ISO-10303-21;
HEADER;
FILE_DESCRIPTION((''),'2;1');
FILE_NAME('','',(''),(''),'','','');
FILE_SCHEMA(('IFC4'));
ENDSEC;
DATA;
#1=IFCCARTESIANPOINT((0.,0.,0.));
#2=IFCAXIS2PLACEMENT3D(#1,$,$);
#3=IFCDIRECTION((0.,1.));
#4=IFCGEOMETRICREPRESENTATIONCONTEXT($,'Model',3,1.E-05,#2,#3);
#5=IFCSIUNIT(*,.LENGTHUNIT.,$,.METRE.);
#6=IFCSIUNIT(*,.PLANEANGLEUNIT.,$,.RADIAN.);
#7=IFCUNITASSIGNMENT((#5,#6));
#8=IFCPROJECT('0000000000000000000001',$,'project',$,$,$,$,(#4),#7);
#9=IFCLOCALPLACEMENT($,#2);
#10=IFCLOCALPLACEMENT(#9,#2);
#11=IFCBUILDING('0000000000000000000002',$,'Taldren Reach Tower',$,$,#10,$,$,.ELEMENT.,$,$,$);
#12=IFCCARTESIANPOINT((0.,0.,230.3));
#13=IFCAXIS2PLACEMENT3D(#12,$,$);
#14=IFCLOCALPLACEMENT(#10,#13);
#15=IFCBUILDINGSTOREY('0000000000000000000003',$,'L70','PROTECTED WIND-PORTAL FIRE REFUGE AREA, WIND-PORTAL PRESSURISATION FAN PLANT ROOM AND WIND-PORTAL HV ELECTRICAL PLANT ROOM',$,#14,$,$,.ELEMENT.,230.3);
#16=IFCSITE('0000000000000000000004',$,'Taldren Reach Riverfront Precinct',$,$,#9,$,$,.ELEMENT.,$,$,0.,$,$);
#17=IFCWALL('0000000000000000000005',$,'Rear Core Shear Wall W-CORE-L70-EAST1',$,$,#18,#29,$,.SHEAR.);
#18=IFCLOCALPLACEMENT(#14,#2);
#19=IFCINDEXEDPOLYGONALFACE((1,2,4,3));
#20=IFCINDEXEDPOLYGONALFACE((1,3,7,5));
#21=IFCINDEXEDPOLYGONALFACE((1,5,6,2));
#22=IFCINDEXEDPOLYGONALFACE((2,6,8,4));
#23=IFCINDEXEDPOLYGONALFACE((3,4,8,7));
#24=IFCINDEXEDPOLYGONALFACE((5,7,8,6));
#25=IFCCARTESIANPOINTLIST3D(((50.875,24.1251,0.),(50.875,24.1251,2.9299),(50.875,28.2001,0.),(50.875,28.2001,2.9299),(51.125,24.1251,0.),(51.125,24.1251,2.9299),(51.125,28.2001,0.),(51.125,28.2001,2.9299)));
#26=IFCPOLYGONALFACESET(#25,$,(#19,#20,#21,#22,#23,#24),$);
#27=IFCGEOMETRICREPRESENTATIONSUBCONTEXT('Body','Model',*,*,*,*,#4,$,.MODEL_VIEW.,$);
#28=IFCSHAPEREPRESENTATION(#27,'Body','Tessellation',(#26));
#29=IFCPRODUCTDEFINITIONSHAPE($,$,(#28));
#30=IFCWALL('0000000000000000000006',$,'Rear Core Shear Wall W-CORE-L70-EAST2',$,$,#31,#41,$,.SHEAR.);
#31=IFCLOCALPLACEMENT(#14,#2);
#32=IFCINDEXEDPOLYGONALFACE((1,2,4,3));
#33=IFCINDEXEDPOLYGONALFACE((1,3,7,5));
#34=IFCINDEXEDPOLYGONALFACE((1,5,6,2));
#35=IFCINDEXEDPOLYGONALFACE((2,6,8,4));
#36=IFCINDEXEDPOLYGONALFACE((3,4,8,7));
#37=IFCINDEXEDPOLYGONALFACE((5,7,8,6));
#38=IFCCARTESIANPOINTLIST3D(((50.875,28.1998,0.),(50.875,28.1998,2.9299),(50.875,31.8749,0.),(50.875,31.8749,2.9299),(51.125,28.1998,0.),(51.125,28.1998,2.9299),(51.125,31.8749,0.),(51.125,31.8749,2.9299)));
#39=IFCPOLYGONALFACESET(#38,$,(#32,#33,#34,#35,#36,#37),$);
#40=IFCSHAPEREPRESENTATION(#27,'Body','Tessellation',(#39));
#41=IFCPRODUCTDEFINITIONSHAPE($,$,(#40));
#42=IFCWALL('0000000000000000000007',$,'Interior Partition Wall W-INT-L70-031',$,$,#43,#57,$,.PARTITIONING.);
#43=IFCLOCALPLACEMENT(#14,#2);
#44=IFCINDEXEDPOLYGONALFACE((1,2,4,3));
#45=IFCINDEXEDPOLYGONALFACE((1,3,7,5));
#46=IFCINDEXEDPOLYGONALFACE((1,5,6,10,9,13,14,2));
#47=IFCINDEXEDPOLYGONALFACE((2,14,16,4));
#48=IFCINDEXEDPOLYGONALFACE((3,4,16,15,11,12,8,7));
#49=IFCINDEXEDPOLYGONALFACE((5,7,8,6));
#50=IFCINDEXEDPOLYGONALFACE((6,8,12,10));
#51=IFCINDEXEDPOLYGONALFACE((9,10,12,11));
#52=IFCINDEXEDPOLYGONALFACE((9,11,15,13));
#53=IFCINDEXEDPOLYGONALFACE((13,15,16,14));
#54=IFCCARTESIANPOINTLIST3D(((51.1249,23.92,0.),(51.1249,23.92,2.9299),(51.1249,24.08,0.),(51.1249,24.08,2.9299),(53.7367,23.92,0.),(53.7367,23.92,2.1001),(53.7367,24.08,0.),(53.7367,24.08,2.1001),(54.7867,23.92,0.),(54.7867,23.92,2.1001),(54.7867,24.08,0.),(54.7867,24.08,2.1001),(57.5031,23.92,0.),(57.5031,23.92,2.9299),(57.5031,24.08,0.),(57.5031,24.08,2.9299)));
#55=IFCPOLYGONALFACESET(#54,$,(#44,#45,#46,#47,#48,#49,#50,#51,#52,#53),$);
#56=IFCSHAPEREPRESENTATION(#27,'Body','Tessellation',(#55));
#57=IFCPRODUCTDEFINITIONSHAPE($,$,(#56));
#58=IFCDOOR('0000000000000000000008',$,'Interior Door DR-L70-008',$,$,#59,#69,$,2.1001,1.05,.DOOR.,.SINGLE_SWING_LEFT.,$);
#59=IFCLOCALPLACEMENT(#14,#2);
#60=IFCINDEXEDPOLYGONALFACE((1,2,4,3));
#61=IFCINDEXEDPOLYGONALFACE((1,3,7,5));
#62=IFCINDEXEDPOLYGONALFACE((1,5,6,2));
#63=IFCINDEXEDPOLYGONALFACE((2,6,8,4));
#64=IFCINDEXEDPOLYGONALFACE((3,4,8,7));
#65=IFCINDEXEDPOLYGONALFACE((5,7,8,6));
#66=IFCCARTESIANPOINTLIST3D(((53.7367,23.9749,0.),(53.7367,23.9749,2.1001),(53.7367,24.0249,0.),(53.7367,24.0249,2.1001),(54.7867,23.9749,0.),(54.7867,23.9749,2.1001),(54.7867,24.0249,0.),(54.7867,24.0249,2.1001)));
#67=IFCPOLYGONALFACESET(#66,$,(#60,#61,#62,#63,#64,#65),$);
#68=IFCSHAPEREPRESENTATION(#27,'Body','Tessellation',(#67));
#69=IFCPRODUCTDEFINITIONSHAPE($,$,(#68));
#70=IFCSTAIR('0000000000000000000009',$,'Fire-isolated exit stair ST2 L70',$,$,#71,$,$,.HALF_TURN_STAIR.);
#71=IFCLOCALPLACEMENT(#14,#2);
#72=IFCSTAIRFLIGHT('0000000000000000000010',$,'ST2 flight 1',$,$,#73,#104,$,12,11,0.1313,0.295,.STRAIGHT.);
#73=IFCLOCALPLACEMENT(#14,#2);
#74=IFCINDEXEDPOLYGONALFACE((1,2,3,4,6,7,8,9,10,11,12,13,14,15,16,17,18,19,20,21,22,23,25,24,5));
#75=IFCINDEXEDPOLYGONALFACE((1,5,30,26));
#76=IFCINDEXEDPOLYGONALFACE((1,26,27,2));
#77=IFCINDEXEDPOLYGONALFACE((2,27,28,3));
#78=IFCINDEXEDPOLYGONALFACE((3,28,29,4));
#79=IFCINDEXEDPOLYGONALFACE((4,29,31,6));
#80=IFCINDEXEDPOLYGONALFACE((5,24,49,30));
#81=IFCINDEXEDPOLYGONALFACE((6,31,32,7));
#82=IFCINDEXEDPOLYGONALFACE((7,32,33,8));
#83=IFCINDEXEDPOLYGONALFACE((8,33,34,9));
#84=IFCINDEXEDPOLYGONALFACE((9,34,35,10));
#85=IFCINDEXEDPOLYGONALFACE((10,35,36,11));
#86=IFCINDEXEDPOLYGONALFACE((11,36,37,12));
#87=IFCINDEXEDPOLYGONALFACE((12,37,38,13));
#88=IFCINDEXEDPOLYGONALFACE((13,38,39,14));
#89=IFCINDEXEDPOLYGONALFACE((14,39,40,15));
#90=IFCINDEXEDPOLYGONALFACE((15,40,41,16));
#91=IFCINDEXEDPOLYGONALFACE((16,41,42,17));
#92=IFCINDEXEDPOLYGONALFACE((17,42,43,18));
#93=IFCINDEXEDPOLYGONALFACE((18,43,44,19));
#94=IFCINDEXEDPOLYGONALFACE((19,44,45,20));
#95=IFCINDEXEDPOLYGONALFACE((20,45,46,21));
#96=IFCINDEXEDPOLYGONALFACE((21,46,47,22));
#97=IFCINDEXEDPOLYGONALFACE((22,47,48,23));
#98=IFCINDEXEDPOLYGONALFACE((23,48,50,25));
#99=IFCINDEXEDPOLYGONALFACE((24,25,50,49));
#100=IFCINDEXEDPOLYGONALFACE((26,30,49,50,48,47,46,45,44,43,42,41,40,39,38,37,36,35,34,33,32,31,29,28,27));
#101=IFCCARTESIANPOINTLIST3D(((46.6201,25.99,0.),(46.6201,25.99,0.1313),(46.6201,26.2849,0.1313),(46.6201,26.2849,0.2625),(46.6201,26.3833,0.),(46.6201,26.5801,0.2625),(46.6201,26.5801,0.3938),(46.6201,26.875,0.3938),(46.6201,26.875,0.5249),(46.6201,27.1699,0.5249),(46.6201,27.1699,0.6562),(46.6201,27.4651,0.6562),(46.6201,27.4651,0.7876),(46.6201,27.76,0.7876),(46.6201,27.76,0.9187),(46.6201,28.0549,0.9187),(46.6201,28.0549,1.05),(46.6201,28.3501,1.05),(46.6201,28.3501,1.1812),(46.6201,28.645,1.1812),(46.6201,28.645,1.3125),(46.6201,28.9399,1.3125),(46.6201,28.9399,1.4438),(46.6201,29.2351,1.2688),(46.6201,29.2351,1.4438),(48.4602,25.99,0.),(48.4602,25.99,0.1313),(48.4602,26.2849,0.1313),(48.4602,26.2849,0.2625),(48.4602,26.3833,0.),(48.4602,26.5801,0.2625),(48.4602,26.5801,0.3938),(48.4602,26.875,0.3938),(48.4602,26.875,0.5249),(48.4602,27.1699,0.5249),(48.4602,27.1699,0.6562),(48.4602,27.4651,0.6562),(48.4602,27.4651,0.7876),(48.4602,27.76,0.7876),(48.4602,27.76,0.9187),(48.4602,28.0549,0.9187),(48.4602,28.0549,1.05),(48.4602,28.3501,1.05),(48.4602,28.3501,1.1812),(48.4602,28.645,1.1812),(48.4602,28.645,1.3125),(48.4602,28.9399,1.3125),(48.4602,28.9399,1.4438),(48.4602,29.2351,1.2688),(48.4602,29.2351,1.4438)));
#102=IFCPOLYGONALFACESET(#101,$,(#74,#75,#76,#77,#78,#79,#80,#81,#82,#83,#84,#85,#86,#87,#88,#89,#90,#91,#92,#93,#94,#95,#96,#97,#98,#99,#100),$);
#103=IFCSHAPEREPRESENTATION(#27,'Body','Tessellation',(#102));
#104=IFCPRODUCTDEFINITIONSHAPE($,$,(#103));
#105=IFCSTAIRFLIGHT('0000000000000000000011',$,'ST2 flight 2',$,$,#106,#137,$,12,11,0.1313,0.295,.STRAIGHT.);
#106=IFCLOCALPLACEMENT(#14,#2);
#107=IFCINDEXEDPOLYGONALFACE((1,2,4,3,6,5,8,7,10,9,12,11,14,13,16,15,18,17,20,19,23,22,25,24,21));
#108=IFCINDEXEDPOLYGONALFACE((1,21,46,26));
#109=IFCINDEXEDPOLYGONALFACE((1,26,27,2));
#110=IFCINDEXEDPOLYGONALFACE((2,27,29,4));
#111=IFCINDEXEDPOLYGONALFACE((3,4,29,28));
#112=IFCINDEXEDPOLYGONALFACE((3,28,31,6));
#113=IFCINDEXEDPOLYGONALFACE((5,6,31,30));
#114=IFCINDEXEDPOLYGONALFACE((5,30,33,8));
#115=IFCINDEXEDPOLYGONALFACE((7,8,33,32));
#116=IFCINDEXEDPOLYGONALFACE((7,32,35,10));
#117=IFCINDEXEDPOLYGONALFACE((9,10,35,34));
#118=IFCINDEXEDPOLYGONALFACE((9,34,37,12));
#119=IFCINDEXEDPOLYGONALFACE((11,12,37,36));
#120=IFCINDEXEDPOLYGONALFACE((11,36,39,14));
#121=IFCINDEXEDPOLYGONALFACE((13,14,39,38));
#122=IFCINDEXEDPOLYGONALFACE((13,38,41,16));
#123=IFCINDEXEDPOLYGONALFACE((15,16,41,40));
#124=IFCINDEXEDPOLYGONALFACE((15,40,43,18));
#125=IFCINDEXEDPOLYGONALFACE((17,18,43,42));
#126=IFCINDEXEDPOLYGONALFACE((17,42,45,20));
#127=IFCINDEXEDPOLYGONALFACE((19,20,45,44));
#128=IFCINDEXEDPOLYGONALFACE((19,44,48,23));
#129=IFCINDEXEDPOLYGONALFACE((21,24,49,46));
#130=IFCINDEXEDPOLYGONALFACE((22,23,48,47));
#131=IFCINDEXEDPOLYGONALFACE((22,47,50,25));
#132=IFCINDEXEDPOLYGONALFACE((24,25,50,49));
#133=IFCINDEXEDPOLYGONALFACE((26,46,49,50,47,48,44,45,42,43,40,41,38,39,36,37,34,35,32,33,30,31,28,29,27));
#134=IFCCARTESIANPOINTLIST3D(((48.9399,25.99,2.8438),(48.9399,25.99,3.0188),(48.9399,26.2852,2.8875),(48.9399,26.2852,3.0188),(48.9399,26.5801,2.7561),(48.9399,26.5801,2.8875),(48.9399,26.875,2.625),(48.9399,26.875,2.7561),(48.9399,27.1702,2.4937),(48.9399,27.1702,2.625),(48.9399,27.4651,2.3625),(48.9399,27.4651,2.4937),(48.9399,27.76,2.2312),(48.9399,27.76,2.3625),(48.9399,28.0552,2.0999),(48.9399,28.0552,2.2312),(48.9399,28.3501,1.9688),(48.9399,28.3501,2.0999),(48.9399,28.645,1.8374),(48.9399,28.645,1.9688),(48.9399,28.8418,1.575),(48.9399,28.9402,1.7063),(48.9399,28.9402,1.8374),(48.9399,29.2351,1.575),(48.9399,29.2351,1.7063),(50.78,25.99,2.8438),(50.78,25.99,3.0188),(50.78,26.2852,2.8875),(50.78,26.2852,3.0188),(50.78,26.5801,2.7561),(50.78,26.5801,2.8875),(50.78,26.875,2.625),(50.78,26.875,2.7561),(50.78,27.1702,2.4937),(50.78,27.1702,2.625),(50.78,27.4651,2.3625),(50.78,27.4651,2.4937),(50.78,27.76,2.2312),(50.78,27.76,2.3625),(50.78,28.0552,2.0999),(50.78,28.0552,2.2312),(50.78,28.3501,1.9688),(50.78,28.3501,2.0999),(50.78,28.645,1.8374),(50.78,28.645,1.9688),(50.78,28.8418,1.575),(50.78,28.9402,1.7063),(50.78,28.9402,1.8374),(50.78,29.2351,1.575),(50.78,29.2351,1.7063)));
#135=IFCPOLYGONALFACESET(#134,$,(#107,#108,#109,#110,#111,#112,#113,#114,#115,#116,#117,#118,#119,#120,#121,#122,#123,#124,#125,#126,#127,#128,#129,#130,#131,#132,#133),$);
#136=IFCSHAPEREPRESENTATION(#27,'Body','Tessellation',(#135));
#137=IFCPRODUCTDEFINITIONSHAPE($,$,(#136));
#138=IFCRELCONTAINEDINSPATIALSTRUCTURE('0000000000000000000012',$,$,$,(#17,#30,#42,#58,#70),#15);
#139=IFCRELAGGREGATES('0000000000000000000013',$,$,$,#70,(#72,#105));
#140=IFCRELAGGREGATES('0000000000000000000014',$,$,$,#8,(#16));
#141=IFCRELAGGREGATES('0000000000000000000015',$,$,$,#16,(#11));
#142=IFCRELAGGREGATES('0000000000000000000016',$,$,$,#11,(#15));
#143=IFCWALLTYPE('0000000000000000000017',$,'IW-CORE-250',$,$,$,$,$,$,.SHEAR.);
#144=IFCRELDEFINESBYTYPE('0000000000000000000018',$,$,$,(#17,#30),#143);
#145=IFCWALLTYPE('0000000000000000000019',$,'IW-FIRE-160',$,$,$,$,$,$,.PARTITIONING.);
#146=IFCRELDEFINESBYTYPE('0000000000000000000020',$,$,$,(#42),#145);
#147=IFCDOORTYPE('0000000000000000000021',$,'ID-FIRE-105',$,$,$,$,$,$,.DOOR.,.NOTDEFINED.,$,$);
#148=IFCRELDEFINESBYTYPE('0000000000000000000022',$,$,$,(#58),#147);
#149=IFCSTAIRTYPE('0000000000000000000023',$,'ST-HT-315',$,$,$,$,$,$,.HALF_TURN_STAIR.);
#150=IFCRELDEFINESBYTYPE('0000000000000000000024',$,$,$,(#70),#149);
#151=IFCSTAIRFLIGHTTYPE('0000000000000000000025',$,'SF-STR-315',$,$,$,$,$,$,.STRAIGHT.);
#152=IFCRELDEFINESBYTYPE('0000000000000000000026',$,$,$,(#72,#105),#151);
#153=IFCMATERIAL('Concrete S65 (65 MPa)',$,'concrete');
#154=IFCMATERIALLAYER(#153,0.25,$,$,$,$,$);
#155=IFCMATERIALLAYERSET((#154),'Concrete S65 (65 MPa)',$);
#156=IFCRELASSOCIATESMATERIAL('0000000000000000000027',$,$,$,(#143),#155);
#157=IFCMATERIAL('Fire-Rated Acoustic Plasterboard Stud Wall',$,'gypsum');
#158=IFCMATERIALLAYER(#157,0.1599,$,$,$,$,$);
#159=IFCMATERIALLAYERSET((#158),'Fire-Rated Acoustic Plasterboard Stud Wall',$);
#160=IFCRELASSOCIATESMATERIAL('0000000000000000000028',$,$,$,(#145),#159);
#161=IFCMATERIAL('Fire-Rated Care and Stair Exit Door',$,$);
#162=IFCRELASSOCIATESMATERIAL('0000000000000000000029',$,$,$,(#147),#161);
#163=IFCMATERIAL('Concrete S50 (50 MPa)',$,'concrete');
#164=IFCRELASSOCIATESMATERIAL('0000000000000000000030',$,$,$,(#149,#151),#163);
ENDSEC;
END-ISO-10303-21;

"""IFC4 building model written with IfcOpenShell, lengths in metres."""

from ifc_helpers import new_model, si_unit, direction, frame, frame_2d, origin, place, context, subcontext, project, spatial, polyline, rectangle, outline, extrude, source, transform, mapped, material, layer, layer_set, type_object, element, fill, aggregate, save


model = new_model("IFC4")

# Units and contexts
model_context = context("Model", 3, precision=1e-05, world=origin(), true_north=direction((0.0, 1.0)))
body_context = subcontext(model_context, "Body", "Model", "MODEL_VIEW")
ifc_project = project(units=[si_unit("LENGTHUNIT", "METRE"), si_unit("PLANEANGLEUNIT", "RADIAN")], contexts=[model_context])

# Site, building, storey
site_placement = place(None, origin())
site = spatial("IfcSite", under=ifc_project, at=site_placement, Name="Taldren Reach Riverfront Precinct", CompositionType="ELEMENT", RefElevation=0.0)
building_placement = place(site_placement, origin())
building = spatial("IfcBuilding", under=site, at=building_placement, Name="Taldren Reach Tower", CompositionType="ELEMENT")
storey_placement = place(building_placement, frame((0.0, 0.0, 230.3)))
storey = spatial("IfcBuildingStorey", under=building, at=storey_placement, Name="L70", Description="PROTECTED WIND-PORTAL FIRE REFUGE AREA, WIND-PORTAL PRESSURISATION FAN PLANT ROOM AND WIND-PORTAL HV ELECTRICAL PLANT ROOM", CompositionType="ELEMENT", Elevation=230.3)

# Walls
ifc_material_1 = material(Name="Concrete S65 (65 MPa)", Category="concrete")
ifc_layer_1 = layer(ifc_material_1, 0.25)
ifc_layer_set_1 = layer_set([ifc_layer_1], Name="Concrete S65 (65 MPa)")
wall_type_1 = type_object("IfcWallType", Name="IW-CORE-250", PredefinedType="SHEAR", material=ifc_layer_set_1)
shared_shape_1 = source(origin(), body_context, "Body", "SweptSolid", [
    extrude(rectangle(XDim=4.075, YDim=0.25, at=frame_2d((2.0376, 0.0))), origin(), (0.0, 0.0, 1.0), 2.9299),
])
wall_1_placement = place(storey_placement, frame((51.0, 24.125, 0.0), z_axis=(0.0, 0.0, 1.0), x_axis=(0.0, 1.0, 0.0)))
element("IfcWall", 1, at=wall_1_placement, inside=storey, type_object=wall_type_1, Name="Rear Core Shear Wall W-CORE-L70-EAST1", PredefinedType="SHEAR", context=body_context, shape_type="MappedRepresentation", body=[
    mapped(shared_shape_1, transform((0.0, 0.0, 0.0), scale=1.0)),
])
shared_shape_2 = source(origin(), body_context, "Body", "SweptSolid", [
    extrude(rectangle(XDim=3.675, YDim=0.25, at=frame_2d((1.8374, 0.0))), origin(), (0.0, 0.0, 1.0), 2.9299),
])
wall_2_placement = place(storey_placement, frame((51.0, 28.2, 0.0), z_axis=(0.0, 0.0, 1.0), x_axis=(0.0, 1.0, 0.0)))
element("IfcWall", 2, at=wall_2_placement, inside=storey, type_object=wall_type_1, Name="Rear Core Shear Wall W-CORE-L70-EAST2", PredefinedType="SHEAR", context=body_context, shape_type="MappedRepresentation", body=[
    mapped(shared_shape_2, transform((0.0, 0.0, 0.0), scale=1.0)),
])

# Wall, opening, door
ifc_material_2 = material(Name="Fire-Rated Acoustic Plasterboard Stud Wall", Category="gypsum")
ifc_layer_2 = layer(ifc_material_2, 0.1599)
ifc_layer_set_2 = layer_set([ifc_layer_2], Name="Fire-Rated Acoustic Plasterboard Stud Wall")
wall_type_2 = type_object("IfcWallType", Name="IW-FIRE-160", PredefinedType="PARTITIONING", material=ifc_layer_set_2)
shared_shape_3 = source(origin(), body_context, "Body", "SweptSolid", [
    extrude(rectangle(XDim=6.3782, YDim=0.1599, at=frame_2d((3.189, 0.0))), origin(), (0.0, 0.0, 1.0), 2.9299),
])
wall_3_placement = place(storey_placement, frame((51.125, 24.0, 0.0), z_axis=(0.0, 0.0, 1.0), x_axis=(1.0, 0.0, 0.0)))
wall_3 = element("IfcWall", 3, at=wall_3_placement, inside=storey, type_object=wall_type_2, Name="Interior Partition Wall W-INT-L70-031", PredefinedType="PARTITIONING", context=body_context, shape_type="MappedRepresentation", body=[
    mapped(shared_shape_3, transform((0.0, 0.0, 0.0), scale=1.0)),
])
shared_shape_4 = source(origin(), body_context, "Body", "SweptSolid", [
    extrude(rectangle(XDim=1.05, YDim=2.1001, at=frame_2d((0.5249, 1.05))), frame((0.0, 0.0898, 0.0), z_axis=(0.0, -1.0, 0.0), x_axis=(1.0, 0.0, 0.0)), (0.0, 0.0, 1.0), 0.1799),
])
opening_placement = place(wall_3_placement, frame((2.6118, 0.0, 0.0)))
opening = element("IfcOpeningElement", 4, at=opening_placement, cuts=wall_3, PredefinedType="OPENING", context=body_context, shape_type="MappedRepresentation", body=[
    mapped(shared_shape_4, transform((0.0, 0.0, 0.0), scale=1.0)),
])
ifc_material_3 = material(Name="Fire-Rated Care and Stair Exit Door")
door_type = type_object("IfcDoorType", Name="ID-FIRE-105", OperationType="NOTDEFINED", PredefinedType="DOOR", material=ifc_material_3)
shared_shape_5 = source(origin(), body_context, "Body", "SweptSolid", [
    extrude(rectangle(XDim=1.05, YDim=2.1001, at=frame_2d((0.5249, 1.05))), frame((0.0, 0.0249, 0.0), z_axis=(0.0, -1.0, 0.0), x_axis=(1.0, 0.0, 0.0)), (0.0, 0.0, 1.0), 0.05),
])
door_placement = place(opening_placement, origin())
door = element("IfcDoor", 5, at=door_placement, inside=storey, type_object=door_type, Name="Interior Door DR-L70-008", OperationType="SINGLE_SWING_LEFT", OverallHeight=2.1001, OverallWidth=1.05, PredefinedType="DOOR", context=body_context, shape_type="MappedRepresentation", body=[
    mapped(shared_shape_5, transform((0.0, 0.0, 0.0), scale=1.0)),
])
fill(opening, door)

# Stair, stair flights
ifc_material_4 = material(Name="Concrete S50 (50 MPa)", Category="concrete")
stair_type = type_object("IfcStairType", Name="ST-HT-315", PredefinedType="HALF_TURN_STAIR", material=ifc_material_4)
stair_placement = place(storey_placement, origin())
stair = element("IfcStair", 6, at=stair_placement, inside=storey, type_object=stair_type, Name="Fire-isolated exit stair ST2 L70", PredefinedType="HALF_TURN_STAIR")
stair_flight_type = type_object("IfcStairFlightType", Name="SF-STR-315", PredefinedType="STRAIGHT", material=ifc_material_4)
stair_flight_1_placement = place(storey_placement, frame((47.54, 25.99, 0.0), z_axis=(0.0, 0.0, 1.0), x_axis=(0.0, 1.0, 0.0)))
stair_flight_1 = element("IfcStairFlight", 7, at=stair_flight_1_placement, type_object=stair_flight_type, Name="ST2 flight 1", NumberOfRisers=12, NumberOfTreads=11, PredefinedType="STRAIGHT", RiserHeight=0.1313, TreadLength=0.295, context=body_context, shape_type="SweptSolid", body=[
    extrude(outline(polyline([(0.0, 0.0), (0.0, 0.1313), (0.2949, 0.1313), (0.2949, 0.2625), (0.5901, 0.2625), (0.5901, 0.3938), (0.885, 0.3938), (0.885, 0.5249), (1.1799, 0.5249), (1.1799, 0.6562), (1.4751, 0.6562), (1.4751, 0.7876), (1.77, 0.7876), (1.77, 0.9187), (2.0649, 0.9187), (2.0649, 1.05), (2.3601, 1.05), (2.3601, 1.1812), (2.655, 1.1812), (2.655, 1.3125), (2.95, 1.3125), (2.95, 1.4438), (3.2451, 1.4438), (3.2451, 1.575), (3.2451, 1.2688), (0.3933, 0.0), (0.0, 0.0)])), frame((0.0, 0.9199, 0.0), z_axis=(0.0, -1.0, 0.0), x_axis=(1.0, 0.0, 0.0)), (0.0, 0.0, 1.0), 1.8401),
])
stair_flight_2_placement = place(storey_placement, frame((49.8601, 29.2351, 1.575), z_axis=(0.0, 0.0, 1.0), x_axis=(0.0, -1.0, 0.0)))
stair_flight_2 = element("IfcStairFlight", 8, at=stair_flight_2_placement, type_object=stair_flight_type, Name="ST2 flight 2", NumberOfRisers=12, NumberOfTreads=11, PredefinedType="STRAIGHT", RiserHeight=0.1313, TreadLength=0.295, context=body_context, shape_type="SweptSolid", body=[
    extrude(outline(polyline([(0.0, 0.0), (0.0, 0.1313), (0.2949, 0.1313), (0.2949, 0.2625), (0.5901, 0.2625), (0.5901, 0.3938), (0.885, 0.3938), (0.885, 0.5249), (1.1799, 0.5249), (1.1799, 0.6562), (1.4751, 0.6562), (1.4751, 0.7876), (1.77, 0.7876), (1.77, 0.9187), (2.0649, 0.9187), (2.0649, 1.05), (2.3601, 1.05), (2.3601, 1.1812), (2.655, 1.1812), (2.655, 1.3125), (2.95, 1.3125), (2.95, 1.4438), (3.2451, 1.4438), (3.2451, 1.575), (3.2451, 1.2688), (0.3933, 0.0), (0.0, 0.0)])), frame((0.0, 0.9199, 0.0), z_axis=(0.0, -1.0, 0.0), x_axis=(1.0, 0.0, 0.0)), (0.0, 0.0, 1.0), 1.8401),
])
aggregate(stair, [stair_flight_1, stair_flight_2])

save(model, "model.ifc")
